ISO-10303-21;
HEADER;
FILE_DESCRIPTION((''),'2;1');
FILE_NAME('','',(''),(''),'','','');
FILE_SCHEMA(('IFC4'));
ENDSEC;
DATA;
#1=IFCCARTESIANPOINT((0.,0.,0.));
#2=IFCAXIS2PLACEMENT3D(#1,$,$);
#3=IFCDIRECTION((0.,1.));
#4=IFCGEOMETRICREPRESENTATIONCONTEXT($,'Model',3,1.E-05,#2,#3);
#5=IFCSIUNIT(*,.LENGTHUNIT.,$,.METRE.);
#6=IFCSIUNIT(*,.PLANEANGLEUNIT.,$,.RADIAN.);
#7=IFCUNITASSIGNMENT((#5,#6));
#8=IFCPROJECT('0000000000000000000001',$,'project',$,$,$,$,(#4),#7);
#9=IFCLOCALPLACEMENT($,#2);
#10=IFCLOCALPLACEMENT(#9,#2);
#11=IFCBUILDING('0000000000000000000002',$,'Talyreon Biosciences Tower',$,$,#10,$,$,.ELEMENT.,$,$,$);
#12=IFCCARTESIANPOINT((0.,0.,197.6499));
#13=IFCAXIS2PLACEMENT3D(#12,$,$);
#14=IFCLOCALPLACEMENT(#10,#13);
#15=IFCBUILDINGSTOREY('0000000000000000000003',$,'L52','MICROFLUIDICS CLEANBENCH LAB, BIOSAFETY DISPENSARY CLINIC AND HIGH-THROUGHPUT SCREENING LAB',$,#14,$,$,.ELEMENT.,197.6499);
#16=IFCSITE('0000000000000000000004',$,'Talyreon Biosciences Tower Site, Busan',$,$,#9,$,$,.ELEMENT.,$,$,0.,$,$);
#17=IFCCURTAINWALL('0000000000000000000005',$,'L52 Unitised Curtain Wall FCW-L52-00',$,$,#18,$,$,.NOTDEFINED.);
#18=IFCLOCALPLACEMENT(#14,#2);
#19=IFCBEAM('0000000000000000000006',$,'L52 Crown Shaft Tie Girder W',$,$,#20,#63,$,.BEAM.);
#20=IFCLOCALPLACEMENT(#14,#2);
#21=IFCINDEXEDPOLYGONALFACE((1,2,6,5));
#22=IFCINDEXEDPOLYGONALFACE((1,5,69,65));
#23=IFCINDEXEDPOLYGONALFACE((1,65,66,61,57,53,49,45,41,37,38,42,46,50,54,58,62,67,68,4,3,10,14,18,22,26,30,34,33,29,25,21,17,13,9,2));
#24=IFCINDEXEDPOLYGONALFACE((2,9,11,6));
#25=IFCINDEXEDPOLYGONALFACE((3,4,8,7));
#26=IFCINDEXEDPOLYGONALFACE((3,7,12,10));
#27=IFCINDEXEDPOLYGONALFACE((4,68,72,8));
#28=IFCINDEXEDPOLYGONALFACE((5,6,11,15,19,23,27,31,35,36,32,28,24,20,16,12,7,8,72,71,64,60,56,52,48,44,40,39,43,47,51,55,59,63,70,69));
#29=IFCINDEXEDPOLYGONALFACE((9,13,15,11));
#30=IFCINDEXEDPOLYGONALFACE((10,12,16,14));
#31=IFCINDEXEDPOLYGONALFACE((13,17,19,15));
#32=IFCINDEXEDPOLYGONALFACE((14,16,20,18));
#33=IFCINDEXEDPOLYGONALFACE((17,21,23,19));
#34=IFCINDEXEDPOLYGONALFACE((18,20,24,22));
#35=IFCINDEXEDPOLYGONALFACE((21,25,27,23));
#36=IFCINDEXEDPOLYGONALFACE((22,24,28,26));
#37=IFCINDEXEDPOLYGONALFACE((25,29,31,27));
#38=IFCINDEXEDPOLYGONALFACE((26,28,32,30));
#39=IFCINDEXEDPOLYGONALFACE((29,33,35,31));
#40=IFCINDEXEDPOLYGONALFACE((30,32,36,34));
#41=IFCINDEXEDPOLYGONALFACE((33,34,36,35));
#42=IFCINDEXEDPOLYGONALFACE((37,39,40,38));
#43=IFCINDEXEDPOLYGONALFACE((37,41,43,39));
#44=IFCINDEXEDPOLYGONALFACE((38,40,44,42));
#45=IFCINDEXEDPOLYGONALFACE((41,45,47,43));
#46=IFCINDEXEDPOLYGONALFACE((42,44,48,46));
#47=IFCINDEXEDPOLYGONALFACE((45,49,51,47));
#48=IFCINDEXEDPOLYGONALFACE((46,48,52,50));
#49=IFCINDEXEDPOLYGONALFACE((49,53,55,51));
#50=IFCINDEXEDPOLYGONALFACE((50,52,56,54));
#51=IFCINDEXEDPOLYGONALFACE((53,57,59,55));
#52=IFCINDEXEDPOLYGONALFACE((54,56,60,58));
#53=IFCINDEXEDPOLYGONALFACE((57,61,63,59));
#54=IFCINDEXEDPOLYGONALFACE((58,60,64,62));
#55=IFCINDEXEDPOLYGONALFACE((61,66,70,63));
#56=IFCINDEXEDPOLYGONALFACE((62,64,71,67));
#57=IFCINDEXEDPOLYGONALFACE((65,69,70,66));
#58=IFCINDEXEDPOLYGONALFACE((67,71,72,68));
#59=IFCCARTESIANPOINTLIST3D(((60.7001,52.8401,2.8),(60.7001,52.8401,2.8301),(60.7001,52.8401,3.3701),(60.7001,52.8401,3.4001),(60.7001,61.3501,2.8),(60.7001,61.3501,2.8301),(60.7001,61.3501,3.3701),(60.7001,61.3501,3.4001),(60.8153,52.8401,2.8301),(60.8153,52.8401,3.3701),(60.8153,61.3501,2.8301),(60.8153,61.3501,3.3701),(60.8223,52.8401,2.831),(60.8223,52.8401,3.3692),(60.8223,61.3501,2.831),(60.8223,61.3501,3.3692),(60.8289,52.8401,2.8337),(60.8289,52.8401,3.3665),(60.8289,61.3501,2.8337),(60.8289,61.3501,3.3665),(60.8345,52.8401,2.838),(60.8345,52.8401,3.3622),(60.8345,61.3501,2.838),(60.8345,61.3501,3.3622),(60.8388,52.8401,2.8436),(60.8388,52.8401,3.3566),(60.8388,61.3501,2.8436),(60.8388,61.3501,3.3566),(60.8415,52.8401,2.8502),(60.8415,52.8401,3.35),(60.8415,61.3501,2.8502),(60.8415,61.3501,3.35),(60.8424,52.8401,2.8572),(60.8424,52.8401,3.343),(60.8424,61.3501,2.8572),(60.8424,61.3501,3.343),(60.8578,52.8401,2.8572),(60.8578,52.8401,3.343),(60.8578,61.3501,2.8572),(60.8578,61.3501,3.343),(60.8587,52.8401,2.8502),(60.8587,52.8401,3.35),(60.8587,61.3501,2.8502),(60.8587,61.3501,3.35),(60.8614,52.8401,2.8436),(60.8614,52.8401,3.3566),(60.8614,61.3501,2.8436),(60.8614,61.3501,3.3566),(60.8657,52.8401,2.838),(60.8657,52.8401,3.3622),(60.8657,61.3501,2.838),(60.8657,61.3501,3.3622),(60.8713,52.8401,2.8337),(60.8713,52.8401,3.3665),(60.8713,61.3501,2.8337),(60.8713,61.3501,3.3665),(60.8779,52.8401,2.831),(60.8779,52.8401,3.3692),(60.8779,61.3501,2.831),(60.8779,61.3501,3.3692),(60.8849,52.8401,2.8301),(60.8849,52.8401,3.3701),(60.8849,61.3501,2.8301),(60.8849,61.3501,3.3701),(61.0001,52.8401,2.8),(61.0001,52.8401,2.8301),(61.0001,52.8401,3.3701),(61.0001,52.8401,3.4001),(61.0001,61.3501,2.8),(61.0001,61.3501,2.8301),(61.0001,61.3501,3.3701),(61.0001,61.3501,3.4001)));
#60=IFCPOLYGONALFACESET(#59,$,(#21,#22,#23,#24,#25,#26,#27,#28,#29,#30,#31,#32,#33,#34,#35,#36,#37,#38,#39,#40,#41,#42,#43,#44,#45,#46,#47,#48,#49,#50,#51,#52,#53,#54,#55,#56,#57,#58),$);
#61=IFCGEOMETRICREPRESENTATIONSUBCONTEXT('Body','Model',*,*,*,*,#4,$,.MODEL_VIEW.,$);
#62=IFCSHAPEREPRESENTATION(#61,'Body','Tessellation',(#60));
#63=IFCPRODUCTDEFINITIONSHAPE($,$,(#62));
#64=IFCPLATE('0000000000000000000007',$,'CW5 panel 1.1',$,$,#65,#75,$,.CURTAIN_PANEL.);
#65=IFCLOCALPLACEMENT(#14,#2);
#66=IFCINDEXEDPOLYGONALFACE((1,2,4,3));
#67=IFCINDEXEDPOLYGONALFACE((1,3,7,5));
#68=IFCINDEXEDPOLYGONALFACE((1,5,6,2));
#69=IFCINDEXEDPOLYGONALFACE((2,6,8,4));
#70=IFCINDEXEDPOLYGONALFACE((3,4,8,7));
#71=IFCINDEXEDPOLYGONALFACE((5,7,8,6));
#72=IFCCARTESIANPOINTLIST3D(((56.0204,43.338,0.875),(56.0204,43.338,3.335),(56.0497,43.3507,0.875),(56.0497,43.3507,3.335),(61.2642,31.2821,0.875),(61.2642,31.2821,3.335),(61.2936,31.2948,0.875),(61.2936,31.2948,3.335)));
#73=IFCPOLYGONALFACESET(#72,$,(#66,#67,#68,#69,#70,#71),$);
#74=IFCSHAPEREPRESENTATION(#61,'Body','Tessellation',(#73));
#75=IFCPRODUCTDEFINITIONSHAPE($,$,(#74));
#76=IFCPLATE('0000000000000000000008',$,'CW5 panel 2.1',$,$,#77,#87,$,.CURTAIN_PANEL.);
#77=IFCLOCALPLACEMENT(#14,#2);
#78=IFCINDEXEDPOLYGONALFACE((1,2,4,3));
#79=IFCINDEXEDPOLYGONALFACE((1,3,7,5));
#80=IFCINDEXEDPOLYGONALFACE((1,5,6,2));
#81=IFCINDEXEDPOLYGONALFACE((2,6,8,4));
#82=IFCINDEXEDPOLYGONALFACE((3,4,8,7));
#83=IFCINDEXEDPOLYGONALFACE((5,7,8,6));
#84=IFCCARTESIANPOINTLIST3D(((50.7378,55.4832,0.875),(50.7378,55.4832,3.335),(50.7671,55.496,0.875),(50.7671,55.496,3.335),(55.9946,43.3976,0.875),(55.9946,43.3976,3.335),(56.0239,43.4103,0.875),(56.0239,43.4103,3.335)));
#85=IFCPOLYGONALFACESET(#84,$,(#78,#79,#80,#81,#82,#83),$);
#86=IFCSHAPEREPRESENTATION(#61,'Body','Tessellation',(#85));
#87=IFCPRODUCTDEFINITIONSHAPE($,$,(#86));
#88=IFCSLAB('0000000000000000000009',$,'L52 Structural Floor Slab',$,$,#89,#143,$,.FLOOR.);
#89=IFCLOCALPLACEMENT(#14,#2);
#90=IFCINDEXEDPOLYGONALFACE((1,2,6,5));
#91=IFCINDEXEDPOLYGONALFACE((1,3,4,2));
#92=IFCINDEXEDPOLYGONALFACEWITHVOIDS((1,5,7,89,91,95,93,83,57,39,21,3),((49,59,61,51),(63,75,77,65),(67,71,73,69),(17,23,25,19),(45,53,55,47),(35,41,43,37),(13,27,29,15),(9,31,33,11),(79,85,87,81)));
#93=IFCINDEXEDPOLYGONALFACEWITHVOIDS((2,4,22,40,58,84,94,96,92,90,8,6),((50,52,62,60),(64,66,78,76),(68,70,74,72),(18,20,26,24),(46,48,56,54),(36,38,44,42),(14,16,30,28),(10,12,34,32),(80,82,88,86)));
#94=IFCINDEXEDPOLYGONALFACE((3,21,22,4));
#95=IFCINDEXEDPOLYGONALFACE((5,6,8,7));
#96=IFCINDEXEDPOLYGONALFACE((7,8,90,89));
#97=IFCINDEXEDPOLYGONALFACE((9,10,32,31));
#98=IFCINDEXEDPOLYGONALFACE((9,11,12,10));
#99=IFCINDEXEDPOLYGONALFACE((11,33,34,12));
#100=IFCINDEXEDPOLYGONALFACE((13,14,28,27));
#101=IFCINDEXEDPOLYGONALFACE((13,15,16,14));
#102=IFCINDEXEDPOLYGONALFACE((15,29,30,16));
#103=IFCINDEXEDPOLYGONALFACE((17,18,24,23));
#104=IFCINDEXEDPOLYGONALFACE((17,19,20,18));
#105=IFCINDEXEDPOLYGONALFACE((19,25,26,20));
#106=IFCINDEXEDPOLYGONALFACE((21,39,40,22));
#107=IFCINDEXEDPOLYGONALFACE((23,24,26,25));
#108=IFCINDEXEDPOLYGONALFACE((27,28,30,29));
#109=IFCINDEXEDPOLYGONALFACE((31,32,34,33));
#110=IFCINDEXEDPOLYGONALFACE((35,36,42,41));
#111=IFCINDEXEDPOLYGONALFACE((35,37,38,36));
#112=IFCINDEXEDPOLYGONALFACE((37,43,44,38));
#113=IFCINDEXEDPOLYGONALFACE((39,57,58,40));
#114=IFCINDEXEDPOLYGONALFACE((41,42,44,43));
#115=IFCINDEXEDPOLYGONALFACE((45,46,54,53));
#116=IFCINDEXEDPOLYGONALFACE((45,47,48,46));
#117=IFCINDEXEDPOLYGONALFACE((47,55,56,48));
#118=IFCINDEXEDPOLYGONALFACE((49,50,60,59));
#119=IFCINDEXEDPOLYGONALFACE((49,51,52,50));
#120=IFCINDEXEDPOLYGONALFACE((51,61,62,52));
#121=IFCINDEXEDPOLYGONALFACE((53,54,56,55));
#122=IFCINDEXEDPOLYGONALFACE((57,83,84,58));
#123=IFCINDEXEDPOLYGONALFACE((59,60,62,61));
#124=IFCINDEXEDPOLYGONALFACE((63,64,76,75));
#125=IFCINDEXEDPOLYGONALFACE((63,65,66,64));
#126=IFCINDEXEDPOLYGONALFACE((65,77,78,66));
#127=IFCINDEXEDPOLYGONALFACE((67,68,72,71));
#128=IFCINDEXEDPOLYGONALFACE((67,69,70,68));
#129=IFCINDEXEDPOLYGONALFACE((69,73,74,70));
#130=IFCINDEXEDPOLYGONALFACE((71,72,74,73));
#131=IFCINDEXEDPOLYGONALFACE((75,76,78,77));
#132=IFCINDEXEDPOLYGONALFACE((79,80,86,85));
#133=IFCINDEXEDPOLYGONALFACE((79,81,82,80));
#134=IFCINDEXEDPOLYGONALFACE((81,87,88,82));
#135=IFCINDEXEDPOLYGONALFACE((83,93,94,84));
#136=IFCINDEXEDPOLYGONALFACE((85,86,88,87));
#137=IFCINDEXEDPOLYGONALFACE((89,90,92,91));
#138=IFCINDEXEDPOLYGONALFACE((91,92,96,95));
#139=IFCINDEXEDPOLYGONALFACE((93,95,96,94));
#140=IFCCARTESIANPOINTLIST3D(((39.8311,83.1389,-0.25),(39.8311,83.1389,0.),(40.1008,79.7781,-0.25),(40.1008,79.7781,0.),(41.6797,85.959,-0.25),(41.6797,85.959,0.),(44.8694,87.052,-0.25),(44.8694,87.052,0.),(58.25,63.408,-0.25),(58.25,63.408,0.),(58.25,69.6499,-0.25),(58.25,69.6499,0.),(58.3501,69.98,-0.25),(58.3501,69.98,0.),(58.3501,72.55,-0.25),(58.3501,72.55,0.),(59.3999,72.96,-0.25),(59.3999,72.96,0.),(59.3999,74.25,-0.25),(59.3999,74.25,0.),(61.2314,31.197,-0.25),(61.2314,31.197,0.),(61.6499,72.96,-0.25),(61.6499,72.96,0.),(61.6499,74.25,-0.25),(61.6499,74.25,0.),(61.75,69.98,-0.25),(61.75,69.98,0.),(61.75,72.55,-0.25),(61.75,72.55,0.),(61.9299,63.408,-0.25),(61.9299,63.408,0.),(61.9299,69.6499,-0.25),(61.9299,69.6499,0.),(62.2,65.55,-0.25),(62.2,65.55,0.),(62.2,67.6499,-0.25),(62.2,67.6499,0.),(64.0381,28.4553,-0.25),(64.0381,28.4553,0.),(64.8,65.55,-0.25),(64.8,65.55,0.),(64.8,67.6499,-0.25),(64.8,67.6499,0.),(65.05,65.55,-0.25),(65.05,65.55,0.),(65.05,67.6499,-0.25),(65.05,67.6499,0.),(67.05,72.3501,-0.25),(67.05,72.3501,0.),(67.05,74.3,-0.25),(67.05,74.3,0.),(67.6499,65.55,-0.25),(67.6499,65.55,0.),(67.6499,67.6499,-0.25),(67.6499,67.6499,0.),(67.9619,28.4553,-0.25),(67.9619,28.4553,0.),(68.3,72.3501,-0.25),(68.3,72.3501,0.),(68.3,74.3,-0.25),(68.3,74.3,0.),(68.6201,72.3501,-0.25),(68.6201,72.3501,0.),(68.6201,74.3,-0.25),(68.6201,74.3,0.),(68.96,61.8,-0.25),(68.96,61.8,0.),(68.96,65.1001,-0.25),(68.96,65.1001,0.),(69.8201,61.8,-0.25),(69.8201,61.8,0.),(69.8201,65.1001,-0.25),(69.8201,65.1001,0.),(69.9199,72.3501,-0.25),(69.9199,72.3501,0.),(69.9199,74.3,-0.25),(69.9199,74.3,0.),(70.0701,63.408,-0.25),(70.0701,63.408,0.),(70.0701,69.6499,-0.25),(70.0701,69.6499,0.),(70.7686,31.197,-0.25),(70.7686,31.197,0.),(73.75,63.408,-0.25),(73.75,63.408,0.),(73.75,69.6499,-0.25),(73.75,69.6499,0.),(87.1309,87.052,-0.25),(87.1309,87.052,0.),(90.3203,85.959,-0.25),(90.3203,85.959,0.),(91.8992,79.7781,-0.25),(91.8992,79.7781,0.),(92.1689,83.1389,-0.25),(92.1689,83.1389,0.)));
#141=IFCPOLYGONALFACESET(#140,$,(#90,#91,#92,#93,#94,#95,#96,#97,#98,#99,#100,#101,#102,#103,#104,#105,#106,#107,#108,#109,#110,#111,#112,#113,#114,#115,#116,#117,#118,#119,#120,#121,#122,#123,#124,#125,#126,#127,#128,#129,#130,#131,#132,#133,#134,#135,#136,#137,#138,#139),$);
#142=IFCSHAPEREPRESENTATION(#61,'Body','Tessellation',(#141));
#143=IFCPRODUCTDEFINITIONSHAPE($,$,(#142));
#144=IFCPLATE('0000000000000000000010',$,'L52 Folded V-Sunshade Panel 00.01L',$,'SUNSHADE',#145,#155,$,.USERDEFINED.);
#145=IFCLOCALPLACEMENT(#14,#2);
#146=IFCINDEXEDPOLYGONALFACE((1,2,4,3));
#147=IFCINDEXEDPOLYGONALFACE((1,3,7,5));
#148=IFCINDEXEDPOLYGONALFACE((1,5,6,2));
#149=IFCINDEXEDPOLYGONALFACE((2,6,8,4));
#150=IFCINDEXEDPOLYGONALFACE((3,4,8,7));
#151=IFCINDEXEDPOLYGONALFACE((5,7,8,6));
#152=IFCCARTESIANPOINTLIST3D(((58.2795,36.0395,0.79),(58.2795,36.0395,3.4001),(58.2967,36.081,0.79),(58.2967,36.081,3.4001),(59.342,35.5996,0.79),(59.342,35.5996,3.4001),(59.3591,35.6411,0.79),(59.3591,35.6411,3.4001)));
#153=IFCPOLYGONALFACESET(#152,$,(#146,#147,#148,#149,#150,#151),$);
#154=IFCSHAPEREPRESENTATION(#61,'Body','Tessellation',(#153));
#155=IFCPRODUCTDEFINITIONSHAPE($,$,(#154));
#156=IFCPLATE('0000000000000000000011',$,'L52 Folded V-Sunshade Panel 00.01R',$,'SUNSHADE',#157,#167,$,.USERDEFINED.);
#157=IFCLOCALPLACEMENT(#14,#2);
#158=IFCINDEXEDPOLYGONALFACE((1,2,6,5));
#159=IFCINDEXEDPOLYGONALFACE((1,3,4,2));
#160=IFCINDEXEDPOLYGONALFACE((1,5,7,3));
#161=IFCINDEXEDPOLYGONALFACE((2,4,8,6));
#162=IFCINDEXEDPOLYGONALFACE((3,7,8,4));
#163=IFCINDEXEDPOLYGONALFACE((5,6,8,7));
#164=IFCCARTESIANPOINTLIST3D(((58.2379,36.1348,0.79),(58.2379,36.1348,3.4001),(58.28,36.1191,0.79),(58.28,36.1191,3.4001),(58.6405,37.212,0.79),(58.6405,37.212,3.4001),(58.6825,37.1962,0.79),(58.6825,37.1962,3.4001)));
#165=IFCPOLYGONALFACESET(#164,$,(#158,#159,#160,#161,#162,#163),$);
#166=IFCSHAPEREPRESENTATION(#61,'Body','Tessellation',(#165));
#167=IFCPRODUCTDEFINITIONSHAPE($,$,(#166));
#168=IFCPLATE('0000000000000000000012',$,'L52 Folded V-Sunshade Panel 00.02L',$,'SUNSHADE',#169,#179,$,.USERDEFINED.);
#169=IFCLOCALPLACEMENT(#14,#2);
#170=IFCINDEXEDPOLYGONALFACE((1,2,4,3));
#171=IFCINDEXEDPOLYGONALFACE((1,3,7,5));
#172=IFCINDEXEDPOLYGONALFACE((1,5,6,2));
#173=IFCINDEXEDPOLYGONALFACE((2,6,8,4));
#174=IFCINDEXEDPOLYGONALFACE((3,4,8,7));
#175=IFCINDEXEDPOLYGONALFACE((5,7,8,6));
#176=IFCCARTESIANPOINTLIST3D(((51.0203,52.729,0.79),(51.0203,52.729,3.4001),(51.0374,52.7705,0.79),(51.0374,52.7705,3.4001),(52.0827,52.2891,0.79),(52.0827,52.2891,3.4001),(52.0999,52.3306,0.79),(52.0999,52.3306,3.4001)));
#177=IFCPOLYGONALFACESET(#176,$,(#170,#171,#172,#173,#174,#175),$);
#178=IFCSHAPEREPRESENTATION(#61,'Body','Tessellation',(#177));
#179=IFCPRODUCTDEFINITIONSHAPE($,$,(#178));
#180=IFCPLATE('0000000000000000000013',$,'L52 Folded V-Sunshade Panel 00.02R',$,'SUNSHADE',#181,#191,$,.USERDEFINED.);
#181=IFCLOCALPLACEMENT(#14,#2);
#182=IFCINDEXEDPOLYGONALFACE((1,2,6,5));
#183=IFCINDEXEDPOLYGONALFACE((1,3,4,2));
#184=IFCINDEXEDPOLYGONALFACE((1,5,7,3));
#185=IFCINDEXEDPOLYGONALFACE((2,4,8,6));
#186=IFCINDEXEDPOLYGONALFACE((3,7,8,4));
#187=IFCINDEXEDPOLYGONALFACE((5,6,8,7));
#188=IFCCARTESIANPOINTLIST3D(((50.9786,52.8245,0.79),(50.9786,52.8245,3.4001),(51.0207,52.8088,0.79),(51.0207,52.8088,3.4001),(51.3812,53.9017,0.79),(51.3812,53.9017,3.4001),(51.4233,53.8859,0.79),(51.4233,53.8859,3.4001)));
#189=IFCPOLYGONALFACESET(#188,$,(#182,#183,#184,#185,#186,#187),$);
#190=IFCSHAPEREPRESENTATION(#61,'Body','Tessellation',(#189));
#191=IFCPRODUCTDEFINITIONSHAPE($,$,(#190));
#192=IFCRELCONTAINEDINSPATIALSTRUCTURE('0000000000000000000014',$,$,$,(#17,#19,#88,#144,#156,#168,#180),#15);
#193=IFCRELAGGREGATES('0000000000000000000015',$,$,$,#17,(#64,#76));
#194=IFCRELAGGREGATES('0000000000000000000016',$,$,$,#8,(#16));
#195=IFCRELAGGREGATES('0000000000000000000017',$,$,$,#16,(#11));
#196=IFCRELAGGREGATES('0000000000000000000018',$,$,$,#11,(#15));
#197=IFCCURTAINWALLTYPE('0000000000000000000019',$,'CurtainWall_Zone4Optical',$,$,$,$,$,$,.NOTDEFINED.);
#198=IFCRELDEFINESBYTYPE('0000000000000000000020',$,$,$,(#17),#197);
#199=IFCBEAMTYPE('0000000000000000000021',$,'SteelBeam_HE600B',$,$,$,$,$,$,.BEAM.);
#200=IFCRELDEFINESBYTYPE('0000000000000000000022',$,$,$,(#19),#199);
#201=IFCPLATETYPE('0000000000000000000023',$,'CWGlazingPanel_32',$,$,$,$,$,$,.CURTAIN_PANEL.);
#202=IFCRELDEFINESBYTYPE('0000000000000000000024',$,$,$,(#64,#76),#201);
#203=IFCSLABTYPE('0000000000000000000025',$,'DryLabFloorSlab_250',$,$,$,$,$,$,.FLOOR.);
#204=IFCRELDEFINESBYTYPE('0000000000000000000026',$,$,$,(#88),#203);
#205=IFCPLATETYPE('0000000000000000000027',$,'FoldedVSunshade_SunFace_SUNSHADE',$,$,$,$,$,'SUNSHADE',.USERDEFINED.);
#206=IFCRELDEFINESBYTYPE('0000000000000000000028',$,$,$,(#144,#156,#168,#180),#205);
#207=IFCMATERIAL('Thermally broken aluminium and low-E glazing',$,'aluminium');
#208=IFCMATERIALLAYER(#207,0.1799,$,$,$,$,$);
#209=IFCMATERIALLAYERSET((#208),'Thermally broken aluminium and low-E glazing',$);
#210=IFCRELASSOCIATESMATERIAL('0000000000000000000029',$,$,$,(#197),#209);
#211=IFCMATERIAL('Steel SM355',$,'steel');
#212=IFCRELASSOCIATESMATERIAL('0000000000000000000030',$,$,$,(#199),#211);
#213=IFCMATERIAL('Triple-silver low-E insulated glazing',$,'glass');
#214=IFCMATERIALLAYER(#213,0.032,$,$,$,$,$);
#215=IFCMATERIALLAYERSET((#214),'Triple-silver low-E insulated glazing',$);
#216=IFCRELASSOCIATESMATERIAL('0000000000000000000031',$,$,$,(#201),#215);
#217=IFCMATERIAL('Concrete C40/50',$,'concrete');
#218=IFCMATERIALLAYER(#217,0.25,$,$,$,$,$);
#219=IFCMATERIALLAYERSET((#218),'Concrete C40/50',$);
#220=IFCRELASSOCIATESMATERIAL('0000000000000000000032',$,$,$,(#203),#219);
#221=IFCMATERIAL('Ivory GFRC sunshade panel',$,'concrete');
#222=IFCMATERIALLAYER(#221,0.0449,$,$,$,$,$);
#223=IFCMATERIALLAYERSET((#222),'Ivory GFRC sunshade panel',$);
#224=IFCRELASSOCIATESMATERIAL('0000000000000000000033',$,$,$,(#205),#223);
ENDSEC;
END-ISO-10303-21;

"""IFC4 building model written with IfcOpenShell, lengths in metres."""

from ifc_helpers import new_model, si_unit, direction, frame, origin, origin_2d, place, context, subcontext, project, spatial, polyline, rectangle, i_section, outline, extrude, material, layer, layer_set, material_profile, profile_set, type_object, element, aggregate, save


model = new_model("IFC4")

# Units and contexts
model_context = context("Model", 3, precision=1e-05, world=origin(), true_north=direction((0.0, 1.0)))
body_context = subcontext(model_context, "Body", "Model", "MODEL_VIEW")
ifc_project = project(units=[si_unit("LENGTHUNIT", "METRE"), si_unit("PLANEANGLEUNIT", "RADIAN")], contexts=[model_context])

# Site, building, storey
site_placement = place(None, origin())
site = spatial("IfcSite", under=ifc_project, at=site_placement, Name="Talyreon Biosciences Tower Site, Busan", CompositionType="ELEMENT", RefElevation=0.0)
building_placement = place(site_placement, origin())
building = spatial("IfcBuilding", under=site, at=building_placement, Name="Talyreon Biosciences Tower", CompositionType="ELEMENT")
storey_placement = place(building_placement, frame((0.0, 0.0, 197.6499)))
storey = spatial("IfcBuildingStorey", under=building, at=storey_placement, Name="L52", Description="MICROFLUIDICS CLEANBENCH LAB, BIOSAFETY DISPENSARY CLINIC AND HIGH-THROUGHPUT SCREENING LAB", CompositionType="ELEMENT", Elevation=197.6499)

# Curtain wall
ifc_material_1 = material(Name="Thermally broken aluminium and low-E glazing", Category="aluminium")
ifc_layer_1 = layer(ifc_material_1, 0.1799)
ifc_layer_set_1 = layer_set([ifc_layer_1], Name="Thermally broken aluminium and low-E glazing")
curtain_wall_type = type_object("IfcCurtainWallType", Name="CurtainWall_Zone4Optical", PredefinedType="NOTDEFINED", material=ifc_layer_set_1)
curtain_wall_placement = place(storey_placement, origin())
curtain_wall = element("IfcCurtainWall", 1, at=curtain_wall_placement, inside=storey, type_object=curtain_wall_type, Name="L52 Unitised Curtain Wall FCW-L52-00", PredefinedType="NOTDEFINED")

# Beam
ifc_material_2 = material(Name="Steel SM355", Category="steel")
ifc_material_profile_1 = material_profile(ifc_material_2, i_section(OverallWidth=0.3, OverallDepth=0.6001, WebThickness=0.0154, FlangeThickness=0.03, FilletRadius=0.0271, at=origin_2d()), Name="HE600B")
ifc_profile_set_1 = profile_set([ifc_material_profile_1], Name="Steel SM355")
beam_type_1 = type_object("IfcBeamType", Name="SteelBeam_HE600B", PredefinedType="BEAM", material=ifc_profile_set_1)
beam_1_placement = place(storey_placement, frame((60.8501, 52.8401, 3.1001), z_axis=(0.0, 1.0, 0.0), x_axis=(-1.0, 0.0, 0.0)))
element("IfcBeam", 2, at=beam_1_placement, inside=storey, type_object=beam_type_1, Name="L52 Crown Shaft Tie Girder W", PredefinedType="BEAM", context=body_context, shape_type="SweptSolid", body=[
    extrude(i_section(OverallWidth=0.3, OverallDepth=0.6001, WebThickness=0.0154, FlangeThickness=0.03, FilletRadius=0.0271, at=origin_2d()), origin(), (0.0, 0.0, 1.0), 8.51),
])

# Plates
ifc_material_3 = material(Name="Triple-silver low-E insulated glazing", Category="glass")
ifc_layer_2 = layer(ifc_material_3, 0.032)
ifc_layer_set_2 = layer_set([ifc_layer_2], Name="Triple-silver low-E insulated glazing")
plate_type_1 = type_object("IfcPlateType", Name="CWGlazingPanel_32", PredefinedType="CURTAIN_PANEL", material=ifc_layer_set_2)
plate_1_placement = place(storey_placement, frame((58.657, 37.3164, 0.875), z_axis=(0.0, 0.0, 1.0), x_axis=(-0.398862, 0.917011, 0.0)))
plate_1 = element("IfcPlate", 3, at=plate_1_placement, type_object=plate_type_1, Name="CW5 panel 1.1", PredefinedType="CURTAIN_PANEL", context=body_context, shape_type="SweptSolid", body=[
    extrude(rectangle(XDim=13.147, YDim=0.032, at=origin_2d()), origin(), (0.0, 0.0, 1.0), 2.46),
])
plate_2_placement = place(storey_placement, frame((53.3809, 49.4468, 0.875), z_axis=(0.0, 0.0, 1.0), x_axis=(-0.398862, 0.917011, 0.0)))
plate_2 = element("IfcPlate", 4, at=plate_2_placement, type_object=plate_type_1, Name="CW5 panel 2.1", PredefinedType="CURTAIN_PANEL", context=body_context, shape_type="SweptSolid", body=[
    extrude(rectangle(XDim=13.1794, YDim=0.032, at=origin_2d()), origin(), (0.0, 0.0, 1.0), 2.46),
])
aggregate(curtain_wall, [plate_1, plate_2])

# Slab
ifc_material_4 = material(Name="Concrete C40/50", Category="concrete")
ifc_layer_3 = layer(ifc_material_4, 0.25)
ifc_layer_set_3 = layer_set([ifc_layer_3], Name="Concrete C40/50")
slab_type_1 = type_object("IfcSlabType", Name="DryLabFloorSlab_250", PredefinedType="FLOOR", material=ifc_layer_set_3)
slab_1_placement = place(storey_placement, frame((0.0, 0.0, -0.25)))
element("IfcSlab", 5, at=slab_1_placement, inside=storey, type_object=slab_type_1, Name="L52 Structural Floor Slab", PredefinedType="FLOOR", context=body_context, shape_type="SweptSolid", body=[
    extrude(outline(polyline([(61.2314, 31.197), (40.1008, 79.7781), (39.8311, 83.1389), (41.6797, 85.959), (44.8694, 87.052), (87.1309, 87.052), (90.3203, 85.959), (92.1689, 83.1389), (91.8992, 79.7781), (70.7686, 31.197), (67.9619, 28.4553), (64.0381, 28.4553), (61.2314, 31.197)]), holes=[polyline([(69.8201, 65.1001), (69.8201, 61.8), (68.96, 61.8), (68.96, 65.1001), (69.8201, 65.1001)]), polyline([(61.9299, 69.6499), (61.9299, 63.408), (58.25, 63.408), (58.25, 69.6499), (61.9299, 69.6499)]), polyline([(73.75, 69.6499), (73.75, 63.408), (70.0701, 63.408), (70.0701, 69.6499), (73.75, 69.6499)]), polyline([(64.8, 67.6499), (64.8, 65.55), (62.2, 65.55), (62.2, 67.6499), (64.8, 67.6499)]), polyline([(67.6499, 67.6499), (67.6499, 65.55), (65.05, 65.55), (65.05, 67.6499), (67.6499, 67.6499)]), polyline([(61.75, 72.55), (61.75, 69.98), (58.3501, 69.98), (58.3501, 72.55), (61.75, 72.55)]), polyline([(68.3, 74.3), (68.3, 72.3501), (67.05, 72.3501), (67.05, 74.3), (68.3, 74.3)]), polyline([(69.9199, 72.3501), (68.6201, 72.3501), (68.6201, 74.3), (69.9199, 74.3), (69.9199, 72.3501)]), polyline([(61.6499, 72.96), (59.3999, 72.96), (59.3999, 74.25), (61.6499, 74.25), (61.6499, 72.96)])]), origin(), (0.0, 0.0, 1.0), 0.25),
])

# Plates
ifc_material_5 = material(Name="Ivory GFRC sunshade panel", Category="concrete")
ifc_layer_4 = layer(ifc_material_5, 0.0449)
ifc_layer_set_4 = layer_set([ifc_layer_4], Name="Ivory GFRC sunshade panel")
plate_type_2 = type_object("IfcPlateType", Name="FoldedVSunshade_SunFace_SUNSHADE", ElementType="SUNSHADE", PredefinedType="USERDEFINED", material=ifc_layer_set_4)
for number, where, z_axis, x_axis, name in (
    (6, (58.8193, 35.8403, 0.79), (0.0, 0.0, 1.0), (-0.923926, 0.382571, 0.0), "L52 Folded V-Sunshade Panel 00.01L"),
    (7, (58.4602, 36.6655, 0.79), (0.0, 0.0, 1.0), (0.350093, 0.936715, 0.0), "L52 Folded V-Sunshade Panel 00.01R"),
    (8, (51.5601, 52.5298, 0.79), (0.0, 0.0, 1.0), (-0.923926, 0.382571, 0.0), "L52 Folded V-Sunshade Panel 00.02L"),
    (9, (51.2009, 53.3552, 0.79), (0.0, 0.0, 1.0), (0.350093, 0.936715, 0.0), "L52 Folded V-Sunshade Panel 00.02R"),
):
    element("IfcPlate", number, at=place(storey_placement, frame(where, z_axis=z_axis, x_axis=x_axis)), inside=storey, type_object=plate_type_2, Name=name, ObjectType="SUNSHADE", PredefinedType="USERDEFINED", context=body_context, shape_type="SweptSolid", body=[
        extrude(rectangle(XDim=1.1499, YDim=0.0449, at=origin_2d()), origin(), (0.0, 0.0, 1.0), 2.6101),
    ])

save(model, "model.ifc")
